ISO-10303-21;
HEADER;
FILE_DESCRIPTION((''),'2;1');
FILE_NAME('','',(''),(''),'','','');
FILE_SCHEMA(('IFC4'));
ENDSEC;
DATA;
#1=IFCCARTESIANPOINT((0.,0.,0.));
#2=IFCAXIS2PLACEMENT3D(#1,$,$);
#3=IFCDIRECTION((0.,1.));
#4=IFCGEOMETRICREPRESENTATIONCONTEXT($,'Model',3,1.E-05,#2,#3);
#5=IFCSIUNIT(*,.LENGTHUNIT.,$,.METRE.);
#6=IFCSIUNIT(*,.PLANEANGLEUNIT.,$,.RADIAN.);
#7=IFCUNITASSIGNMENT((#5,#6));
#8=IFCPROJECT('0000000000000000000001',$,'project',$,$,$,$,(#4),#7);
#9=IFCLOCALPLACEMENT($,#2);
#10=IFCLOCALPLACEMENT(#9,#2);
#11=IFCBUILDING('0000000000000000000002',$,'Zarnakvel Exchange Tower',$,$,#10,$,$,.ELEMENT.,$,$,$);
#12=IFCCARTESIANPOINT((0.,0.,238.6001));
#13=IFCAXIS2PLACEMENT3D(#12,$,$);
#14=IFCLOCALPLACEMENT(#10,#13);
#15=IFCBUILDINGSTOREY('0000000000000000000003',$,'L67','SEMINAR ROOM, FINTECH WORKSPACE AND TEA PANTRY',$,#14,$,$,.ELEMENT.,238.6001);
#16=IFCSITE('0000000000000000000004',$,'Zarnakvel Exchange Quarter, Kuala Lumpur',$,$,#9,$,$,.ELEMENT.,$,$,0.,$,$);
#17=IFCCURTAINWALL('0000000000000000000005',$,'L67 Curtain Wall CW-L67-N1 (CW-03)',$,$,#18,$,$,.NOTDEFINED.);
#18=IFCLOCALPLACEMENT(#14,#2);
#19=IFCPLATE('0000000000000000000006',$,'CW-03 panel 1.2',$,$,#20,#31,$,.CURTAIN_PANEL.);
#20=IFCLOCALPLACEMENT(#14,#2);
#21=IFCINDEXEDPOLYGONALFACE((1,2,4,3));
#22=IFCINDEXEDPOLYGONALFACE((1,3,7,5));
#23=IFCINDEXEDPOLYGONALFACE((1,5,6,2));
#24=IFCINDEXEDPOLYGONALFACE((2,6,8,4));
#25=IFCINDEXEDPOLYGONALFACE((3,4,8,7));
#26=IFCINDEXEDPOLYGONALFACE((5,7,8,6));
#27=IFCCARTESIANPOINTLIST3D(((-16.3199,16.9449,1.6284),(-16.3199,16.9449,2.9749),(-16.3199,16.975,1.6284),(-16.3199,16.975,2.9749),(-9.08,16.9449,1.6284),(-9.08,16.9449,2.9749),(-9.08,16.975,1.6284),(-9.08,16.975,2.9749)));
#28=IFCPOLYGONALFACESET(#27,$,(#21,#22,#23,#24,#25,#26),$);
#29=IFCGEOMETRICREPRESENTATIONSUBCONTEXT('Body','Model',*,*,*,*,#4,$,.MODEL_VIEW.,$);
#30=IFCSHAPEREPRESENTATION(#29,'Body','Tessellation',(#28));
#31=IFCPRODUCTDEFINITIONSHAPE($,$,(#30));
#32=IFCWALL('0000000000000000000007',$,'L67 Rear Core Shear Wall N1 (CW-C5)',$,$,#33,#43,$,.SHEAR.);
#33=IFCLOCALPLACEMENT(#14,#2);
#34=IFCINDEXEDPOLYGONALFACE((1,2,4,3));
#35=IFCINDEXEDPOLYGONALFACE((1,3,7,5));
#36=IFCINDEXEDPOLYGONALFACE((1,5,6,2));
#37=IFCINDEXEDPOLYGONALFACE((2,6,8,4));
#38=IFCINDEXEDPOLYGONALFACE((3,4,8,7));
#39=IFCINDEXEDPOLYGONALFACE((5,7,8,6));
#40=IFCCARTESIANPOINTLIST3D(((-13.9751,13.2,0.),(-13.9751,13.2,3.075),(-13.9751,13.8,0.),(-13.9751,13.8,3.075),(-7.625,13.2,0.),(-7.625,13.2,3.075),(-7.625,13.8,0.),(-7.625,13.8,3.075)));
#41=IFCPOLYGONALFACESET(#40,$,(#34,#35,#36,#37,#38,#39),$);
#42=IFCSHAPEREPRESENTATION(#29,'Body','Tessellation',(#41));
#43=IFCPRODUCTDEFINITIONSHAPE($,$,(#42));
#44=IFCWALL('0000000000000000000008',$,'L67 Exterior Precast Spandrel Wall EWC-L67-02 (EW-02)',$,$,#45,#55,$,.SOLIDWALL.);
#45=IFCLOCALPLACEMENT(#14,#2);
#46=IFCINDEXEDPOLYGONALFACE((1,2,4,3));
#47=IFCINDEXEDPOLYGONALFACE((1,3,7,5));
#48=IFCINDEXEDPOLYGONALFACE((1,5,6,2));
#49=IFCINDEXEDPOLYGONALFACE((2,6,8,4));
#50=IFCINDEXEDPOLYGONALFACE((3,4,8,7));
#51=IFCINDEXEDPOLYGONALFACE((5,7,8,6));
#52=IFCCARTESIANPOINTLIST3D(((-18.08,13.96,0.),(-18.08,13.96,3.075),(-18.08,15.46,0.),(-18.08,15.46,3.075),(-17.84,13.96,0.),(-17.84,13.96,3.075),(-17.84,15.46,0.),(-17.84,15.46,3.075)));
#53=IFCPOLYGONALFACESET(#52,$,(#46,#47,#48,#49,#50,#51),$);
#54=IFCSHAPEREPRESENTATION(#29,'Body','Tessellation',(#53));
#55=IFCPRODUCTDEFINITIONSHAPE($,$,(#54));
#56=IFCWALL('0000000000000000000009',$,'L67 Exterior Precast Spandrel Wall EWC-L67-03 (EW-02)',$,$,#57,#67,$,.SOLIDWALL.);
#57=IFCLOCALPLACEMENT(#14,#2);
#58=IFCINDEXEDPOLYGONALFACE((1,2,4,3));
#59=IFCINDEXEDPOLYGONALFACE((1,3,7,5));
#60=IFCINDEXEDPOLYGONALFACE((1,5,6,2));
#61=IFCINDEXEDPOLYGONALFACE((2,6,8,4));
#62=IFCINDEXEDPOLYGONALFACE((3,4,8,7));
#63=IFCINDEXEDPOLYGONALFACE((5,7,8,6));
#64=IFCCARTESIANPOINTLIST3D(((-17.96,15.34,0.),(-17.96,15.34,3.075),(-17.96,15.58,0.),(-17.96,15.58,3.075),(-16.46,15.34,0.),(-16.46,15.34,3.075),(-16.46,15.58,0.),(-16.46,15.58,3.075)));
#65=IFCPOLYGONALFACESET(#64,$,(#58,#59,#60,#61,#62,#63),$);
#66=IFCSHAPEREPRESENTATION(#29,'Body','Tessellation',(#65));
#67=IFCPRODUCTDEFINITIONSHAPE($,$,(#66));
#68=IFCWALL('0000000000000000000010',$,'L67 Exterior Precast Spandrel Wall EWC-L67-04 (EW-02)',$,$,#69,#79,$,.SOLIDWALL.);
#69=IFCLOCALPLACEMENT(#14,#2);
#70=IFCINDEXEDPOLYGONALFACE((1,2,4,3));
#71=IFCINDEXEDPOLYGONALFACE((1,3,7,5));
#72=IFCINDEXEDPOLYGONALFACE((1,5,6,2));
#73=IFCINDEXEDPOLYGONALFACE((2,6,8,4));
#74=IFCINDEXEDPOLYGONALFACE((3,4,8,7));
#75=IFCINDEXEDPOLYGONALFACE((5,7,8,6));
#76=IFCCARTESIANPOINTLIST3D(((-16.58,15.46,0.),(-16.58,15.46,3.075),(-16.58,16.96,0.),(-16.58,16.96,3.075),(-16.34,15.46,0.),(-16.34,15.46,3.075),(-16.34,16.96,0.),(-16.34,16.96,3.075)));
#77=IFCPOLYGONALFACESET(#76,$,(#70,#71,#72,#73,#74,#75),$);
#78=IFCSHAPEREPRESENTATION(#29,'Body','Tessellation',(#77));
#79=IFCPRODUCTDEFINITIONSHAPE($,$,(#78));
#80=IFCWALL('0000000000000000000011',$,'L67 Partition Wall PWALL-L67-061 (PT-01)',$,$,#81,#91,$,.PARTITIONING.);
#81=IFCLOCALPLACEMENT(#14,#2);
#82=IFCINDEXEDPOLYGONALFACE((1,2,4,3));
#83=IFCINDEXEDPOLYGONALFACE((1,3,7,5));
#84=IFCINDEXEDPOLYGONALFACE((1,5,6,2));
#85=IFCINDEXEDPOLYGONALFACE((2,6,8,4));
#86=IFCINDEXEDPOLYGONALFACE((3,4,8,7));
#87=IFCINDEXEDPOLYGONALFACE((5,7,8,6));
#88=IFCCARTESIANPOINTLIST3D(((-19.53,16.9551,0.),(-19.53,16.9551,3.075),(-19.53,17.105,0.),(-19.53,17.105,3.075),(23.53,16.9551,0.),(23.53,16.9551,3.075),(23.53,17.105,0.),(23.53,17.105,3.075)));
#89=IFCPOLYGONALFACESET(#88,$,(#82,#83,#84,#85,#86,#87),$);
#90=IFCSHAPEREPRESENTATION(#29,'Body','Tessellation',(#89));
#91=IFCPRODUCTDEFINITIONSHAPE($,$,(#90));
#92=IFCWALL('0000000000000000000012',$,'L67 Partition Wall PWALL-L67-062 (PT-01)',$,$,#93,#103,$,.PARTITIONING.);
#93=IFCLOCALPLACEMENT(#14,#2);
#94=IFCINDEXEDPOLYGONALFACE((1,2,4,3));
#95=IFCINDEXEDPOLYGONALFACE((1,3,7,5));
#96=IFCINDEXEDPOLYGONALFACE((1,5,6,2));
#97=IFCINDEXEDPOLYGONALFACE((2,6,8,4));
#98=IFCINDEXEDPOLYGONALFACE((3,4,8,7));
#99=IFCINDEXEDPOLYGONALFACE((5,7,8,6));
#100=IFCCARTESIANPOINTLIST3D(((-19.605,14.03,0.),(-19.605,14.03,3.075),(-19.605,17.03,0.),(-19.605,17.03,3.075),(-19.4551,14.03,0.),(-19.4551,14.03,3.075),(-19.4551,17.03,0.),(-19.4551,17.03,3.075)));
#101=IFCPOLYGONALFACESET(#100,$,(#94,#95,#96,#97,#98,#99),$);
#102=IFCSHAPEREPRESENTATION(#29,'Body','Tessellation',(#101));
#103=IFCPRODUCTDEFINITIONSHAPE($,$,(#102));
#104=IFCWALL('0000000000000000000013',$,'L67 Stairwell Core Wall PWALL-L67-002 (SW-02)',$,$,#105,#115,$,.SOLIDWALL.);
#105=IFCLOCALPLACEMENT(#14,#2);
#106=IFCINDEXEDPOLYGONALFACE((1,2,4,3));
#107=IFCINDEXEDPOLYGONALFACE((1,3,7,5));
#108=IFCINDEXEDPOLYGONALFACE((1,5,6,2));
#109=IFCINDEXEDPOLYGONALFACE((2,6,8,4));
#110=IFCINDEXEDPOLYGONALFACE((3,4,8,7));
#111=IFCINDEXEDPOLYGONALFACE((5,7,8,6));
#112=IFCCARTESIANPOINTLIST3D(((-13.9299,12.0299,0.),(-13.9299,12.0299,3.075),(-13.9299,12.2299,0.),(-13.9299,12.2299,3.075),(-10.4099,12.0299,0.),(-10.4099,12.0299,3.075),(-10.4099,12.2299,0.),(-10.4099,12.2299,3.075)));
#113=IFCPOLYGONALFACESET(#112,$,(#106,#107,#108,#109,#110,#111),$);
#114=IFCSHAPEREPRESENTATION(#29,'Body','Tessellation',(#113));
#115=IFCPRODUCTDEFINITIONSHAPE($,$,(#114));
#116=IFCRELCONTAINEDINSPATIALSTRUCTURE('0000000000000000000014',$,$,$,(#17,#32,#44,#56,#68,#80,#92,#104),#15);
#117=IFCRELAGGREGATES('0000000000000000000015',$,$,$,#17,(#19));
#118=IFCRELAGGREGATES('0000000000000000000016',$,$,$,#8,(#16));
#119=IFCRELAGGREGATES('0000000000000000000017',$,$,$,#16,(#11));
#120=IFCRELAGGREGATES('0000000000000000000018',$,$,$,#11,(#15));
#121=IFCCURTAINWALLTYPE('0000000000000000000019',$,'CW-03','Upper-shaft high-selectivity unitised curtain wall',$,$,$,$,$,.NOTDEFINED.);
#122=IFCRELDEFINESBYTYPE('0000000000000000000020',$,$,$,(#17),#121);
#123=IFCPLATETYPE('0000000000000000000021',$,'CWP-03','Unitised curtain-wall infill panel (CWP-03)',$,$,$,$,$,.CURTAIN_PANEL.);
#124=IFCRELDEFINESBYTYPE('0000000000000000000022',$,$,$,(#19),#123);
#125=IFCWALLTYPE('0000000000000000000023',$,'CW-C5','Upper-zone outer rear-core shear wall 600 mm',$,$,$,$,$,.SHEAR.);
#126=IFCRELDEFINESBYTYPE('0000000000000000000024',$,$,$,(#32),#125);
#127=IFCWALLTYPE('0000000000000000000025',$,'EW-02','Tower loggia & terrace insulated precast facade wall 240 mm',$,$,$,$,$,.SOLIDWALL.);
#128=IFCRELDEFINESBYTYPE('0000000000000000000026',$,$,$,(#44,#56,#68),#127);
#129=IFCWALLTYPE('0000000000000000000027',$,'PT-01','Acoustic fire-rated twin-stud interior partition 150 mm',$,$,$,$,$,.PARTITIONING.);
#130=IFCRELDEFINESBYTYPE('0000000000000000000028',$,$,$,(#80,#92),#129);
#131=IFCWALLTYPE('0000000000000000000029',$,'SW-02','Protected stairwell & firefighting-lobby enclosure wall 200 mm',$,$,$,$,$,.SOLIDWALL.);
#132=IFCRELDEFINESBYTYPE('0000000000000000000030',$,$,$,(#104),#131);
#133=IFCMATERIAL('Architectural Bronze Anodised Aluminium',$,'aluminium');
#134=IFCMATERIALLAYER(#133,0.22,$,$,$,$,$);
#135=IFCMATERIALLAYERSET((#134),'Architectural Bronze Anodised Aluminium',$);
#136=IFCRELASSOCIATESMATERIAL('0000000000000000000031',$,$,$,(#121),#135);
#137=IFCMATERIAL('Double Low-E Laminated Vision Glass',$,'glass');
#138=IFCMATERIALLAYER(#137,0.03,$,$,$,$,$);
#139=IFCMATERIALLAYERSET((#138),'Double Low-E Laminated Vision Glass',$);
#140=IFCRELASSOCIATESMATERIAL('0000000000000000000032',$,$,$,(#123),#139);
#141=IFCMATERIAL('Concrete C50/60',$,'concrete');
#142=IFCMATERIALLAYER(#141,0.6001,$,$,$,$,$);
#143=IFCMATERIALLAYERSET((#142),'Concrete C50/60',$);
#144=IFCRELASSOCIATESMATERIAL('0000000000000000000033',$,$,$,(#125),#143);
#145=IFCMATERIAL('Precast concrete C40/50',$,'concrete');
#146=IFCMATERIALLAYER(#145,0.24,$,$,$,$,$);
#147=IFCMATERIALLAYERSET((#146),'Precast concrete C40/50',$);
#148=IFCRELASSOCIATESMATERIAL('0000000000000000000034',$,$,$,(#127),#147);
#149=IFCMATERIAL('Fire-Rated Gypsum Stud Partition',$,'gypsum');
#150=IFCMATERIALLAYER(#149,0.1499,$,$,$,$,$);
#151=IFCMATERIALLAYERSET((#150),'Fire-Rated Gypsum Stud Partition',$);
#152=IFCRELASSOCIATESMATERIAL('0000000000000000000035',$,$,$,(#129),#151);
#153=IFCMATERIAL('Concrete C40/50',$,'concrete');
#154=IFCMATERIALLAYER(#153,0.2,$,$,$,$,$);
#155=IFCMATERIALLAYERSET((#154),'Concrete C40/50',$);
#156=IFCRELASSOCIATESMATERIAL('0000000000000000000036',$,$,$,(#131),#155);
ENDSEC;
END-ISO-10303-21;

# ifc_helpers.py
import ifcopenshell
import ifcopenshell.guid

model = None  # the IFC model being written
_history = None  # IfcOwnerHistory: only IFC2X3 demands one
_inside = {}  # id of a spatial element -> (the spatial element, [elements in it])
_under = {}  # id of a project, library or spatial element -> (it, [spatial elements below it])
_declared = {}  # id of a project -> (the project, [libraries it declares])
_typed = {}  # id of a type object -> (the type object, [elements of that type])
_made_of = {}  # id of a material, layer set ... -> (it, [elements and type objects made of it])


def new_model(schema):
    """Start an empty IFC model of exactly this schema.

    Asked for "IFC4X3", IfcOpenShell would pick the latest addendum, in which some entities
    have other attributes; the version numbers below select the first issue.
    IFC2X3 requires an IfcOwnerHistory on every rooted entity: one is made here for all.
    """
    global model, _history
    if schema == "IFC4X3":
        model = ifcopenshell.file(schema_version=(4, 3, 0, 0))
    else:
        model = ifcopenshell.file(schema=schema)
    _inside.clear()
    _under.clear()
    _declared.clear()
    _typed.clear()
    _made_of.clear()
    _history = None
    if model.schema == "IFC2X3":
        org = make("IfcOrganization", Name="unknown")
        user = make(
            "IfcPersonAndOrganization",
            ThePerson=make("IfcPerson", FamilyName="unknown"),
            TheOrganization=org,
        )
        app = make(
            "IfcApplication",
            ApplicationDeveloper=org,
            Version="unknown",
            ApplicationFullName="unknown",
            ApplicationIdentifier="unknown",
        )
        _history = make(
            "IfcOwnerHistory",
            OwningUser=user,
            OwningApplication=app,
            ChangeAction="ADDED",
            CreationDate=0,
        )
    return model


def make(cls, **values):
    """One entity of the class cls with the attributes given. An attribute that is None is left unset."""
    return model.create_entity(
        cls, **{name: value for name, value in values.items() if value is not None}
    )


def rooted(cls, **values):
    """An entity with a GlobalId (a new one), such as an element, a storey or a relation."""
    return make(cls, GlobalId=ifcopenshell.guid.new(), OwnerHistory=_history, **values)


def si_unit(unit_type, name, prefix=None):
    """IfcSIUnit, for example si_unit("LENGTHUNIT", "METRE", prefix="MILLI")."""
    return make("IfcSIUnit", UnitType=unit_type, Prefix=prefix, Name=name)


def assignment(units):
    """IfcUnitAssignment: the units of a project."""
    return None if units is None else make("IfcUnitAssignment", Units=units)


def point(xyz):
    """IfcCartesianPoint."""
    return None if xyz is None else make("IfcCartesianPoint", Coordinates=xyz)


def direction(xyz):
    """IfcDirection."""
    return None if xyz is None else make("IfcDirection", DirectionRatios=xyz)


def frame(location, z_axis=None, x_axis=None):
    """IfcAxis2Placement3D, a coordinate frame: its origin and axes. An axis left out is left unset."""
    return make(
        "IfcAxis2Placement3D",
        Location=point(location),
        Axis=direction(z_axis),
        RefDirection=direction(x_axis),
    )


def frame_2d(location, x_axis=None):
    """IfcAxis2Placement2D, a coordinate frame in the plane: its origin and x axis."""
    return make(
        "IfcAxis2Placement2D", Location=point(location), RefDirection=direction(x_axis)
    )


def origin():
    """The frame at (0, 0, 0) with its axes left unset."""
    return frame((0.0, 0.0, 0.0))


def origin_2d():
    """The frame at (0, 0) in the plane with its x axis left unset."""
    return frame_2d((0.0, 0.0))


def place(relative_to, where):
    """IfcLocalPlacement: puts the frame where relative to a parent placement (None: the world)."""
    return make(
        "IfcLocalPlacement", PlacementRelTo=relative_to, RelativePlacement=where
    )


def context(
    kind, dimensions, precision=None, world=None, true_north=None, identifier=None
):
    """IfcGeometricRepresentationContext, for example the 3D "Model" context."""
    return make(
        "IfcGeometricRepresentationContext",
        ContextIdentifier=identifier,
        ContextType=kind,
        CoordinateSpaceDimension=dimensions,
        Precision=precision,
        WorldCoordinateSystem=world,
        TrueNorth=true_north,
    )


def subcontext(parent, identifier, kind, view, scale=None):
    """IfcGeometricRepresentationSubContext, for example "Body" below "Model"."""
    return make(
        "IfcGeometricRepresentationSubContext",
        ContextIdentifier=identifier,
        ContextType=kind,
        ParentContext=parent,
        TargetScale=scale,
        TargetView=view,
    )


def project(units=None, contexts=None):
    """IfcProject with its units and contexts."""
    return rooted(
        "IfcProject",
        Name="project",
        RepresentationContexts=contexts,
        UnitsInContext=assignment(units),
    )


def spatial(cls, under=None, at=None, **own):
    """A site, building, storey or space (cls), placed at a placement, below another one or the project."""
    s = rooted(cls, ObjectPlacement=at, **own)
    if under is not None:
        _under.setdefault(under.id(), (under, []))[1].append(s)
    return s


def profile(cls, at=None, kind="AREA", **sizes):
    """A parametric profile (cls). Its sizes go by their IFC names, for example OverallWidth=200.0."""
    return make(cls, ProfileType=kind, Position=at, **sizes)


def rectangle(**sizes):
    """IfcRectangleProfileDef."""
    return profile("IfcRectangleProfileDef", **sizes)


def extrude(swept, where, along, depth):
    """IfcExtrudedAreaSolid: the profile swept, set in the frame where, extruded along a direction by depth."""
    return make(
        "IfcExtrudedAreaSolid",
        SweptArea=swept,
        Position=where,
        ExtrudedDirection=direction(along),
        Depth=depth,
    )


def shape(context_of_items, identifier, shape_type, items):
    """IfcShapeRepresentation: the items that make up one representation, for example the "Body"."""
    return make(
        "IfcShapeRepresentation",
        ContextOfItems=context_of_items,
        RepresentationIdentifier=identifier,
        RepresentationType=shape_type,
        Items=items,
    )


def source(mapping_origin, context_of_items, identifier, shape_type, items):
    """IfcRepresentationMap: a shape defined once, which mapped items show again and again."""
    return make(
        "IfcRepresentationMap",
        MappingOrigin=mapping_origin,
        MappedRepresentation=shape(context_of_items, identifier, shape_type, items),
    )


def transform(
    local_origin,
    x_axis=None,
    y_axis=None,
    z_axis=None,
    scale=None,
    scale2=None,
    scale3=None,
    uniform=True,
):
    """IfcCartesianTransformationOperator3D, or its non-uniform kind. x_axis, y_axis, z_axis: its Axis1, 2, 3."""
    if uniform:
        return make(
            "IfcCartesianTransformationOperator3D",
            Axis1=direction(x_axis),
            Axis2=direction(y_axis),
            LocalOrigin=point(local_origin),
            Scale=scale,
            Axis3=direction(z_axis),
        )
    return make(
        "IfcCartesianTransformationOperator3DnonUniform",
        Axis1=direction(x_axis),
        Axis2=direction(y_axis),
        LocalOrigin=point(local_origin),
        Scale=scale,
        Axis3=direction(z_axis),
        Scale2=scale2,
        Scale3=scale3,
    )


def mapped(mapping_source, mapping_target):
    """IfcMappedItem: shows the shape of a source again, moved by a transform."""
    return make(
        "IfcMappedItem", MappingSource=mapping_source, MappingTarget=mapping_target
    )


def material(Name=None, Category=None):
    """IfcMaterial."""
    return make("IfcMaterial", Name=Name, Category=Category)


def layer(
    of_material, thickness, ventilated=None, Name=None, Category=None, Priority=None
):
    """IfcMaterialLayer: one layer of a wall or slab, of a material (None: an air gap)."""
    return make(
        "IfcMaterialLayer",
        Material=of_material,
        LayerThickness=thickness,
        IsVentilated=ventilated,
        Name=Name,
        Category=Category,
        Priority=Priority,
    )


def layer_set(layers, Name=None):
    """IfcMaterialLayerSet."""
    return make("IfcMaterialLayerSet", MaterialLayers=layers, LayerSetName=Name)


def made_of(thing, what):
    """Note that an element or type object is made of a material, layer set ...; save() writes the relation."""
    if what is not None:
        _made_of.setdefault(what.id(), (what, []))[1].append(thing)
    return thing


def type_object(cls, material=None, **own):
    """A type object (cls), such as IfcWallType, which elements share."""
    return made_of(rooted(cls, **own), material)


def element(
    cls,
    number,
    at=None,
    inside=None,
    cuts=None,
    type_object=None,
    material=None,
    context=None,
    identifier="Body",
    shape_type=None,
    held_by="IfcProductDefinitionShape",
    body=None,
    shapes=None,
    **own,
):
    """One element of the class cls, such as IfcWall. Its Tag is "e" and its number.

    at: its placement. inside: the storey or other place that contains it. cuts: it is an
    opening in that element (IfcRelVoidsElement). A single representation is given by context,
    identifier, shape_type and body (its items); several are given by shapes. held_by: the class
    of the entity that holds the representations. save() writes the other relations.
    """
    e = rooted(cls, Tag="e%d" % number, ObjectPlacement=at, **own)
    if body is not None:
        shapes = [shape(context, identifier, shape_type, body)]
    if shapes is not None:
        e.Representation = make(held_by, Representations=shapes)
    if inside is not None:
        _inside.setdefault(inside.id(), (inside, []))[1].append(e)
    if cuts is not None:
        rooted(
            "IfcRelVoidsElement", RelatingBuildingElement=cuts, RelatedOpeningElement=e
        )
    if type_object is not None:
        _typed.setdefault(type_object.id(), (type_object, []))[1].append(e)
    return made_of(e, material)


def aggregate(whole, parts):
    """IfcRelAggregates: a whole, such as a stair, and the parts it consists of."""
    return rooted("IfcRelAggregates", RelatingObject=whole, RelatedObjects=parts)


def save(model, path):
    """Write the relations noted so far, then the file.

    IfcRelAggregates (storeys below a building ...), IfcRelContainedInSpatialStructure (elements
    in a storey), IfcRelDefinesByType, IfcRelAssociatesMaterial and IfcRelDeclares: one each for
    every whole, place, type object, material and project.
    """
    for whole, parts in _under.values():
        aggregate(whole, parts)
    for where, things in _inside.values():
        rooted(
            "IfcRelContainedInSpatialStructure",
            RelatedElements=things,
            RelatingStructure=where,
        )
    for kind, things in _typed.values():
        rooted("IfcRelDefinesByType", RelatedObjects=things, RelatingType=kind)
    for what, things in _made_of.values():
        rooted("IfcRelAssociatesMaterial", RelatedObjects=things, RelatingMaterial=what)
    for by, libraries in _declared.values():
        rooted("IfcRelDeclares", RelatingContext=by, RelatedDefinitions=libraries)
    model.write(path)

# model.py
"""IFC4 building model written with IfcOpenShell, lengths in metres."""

from ifc_helpers import new_model, si_unit, direction, frame, frame_2d, origin, origin_2d, place, context, subcontext, project, spatial, rectangle, extrude, source, transform, mapped, material, layer, layer_set, type_object, element, aggregate, save


model = new_model("IFC4")

# Units and contexts
model_context = context("Model", 3, precision=1e-05, world=origin(), true_north=direction((0.0, 1.0)))
body_context = subcontext(model_context, "Body", "Model", "MODEL_VIEW")
ifc_project = project(units=[si_unit("LENGTHUNIT", "METRE"), si_unit("PLANEANGLEUNIT", "RADIAN")], contexts=[model_context])

# Site, building, storey
site_placement = place(None, origin())
site = spatial("IfcSite", under=ifc_project, at=site_placement, Name="Zarnakvel Exchange Quarter, Kuala Lumpur", CompositionType="ELEMENT", RefElevation=0.0)
building_placement = place(site_placement, origin())
building = spatial("IfcBuilding", under=site, at=building_placement, Name="Zarnakvel Exchange Tower", CompositionType="ELEMENT")
storey_placement = place(building_placement, frame((0.0, 0.0, 238.6001)))
storey = spatial("IfcBuildingStorey", under=building, at=storey_placement, Name="L67", Description="SEMINAR ROOM, FINTECH WORKSPACE AND TEA PANTRY", CompositionType="ELEMENT", Elevation=238.6001)

# Shared definitions
ifc_material_1 = material(Name="Concrete C50/60", Category="concrete")

# Shared definitions
ifc_material_2 = material(Name="Architectural Bronze Anodised Aluminium", Category="aluminium")

# Curtain wall
ifc_layer_1 = layer(ifc_material_2, 0.22)
ifc_layer_set_1 = layer_set([ifc_layer_1], Name="Architectural Bronze Anodised Aluminium")
curtain_wall_type_1 = type_object("IfcCurtainWallType", Name="CW-03", Description="Upper-shaft high-selectivity unitised curtain wall", PredefinedType="NOTDEFINED", material=ifc_layer_set_1)
curtain_wall_1_placement = place(storey_placement, origin())
curtain_wall_1 = element("IfcCurtainWall", 1, at=curtain_wall_1_placement, inside=storey, type_object=curtain_wall_type_1, Name="L67 Curtain Wall CW-L67-N1 (CW-03)", PredefinedType="NOTDEFINED")

# Plate
ifc_material_3 = material(Name="Double Low-E Laminated Vision Glass", Category="glass")
ifc_layer_2 = layer(ifc_material_3, 0.03)
ifc_layer_set_2 = layer_set([ifc_layer_2], Name="Double Low-E Laminated Vision Glass")
plate_type_1 = type_object("IfcPlateType", Name="CWP-03", Description="Unitised curtain-wall infill panel (CWP-03)", PredefinedType="CURTAIN_PANEL", material=ifc_layer_set_2)
shared_shape_1 = source(origin(), body_context, "Body", "SweptSolid", [
    extrude(rectangle(XDim=7.24, YDim=0.03, at=origin_2d()), origin(), (0.0, 0.0, 1.0), 1.3464),
])
plate_1_placement = place(storey_placement, frame((-12.7, 16.96, 1.6284), z_axis=(0.0, 0.0, 1.0), x_axis=(1.0, 0.0, 0.0)))
plate_1 = element("IfcPlate", 2, at=plate_1_placement, type_object=plate_type_1, Name="CW-03 panel 1.2", PredefinedType="CURTAIN_PANEL", context=body_context, shape_type="MappedRepresentation", body=[
    mapped(shared_shape_1, transform((0.0, 0.0, 0.0), x_axis=(1.0, 0.0, 0.0), y_axis=(0.0, 1.0, 0.0), z_axis=(0.0, 0.0, 1.0), scale=1.0)),
])
aggregate(curtain_wall_1, [plate_1])

# Walls
ifc_layer_3 = layer(ifc_material_1, 0.6001)
ifc_layer_set_3 = layer_set([ifc_layer_3], Name="Concrete C50/60")
wall_type_1 = type_object("IfcWallType", Name="CW-C5", Description="Upper-zone outer rear-core shear wall 600 mm", PredefinedType="SHEAR", material=ifc_layer_set_3)
wall_1_placement = place(storey_placement, frame((-13.9751, 13.5, 0.0), z_axis=(0.0, 0.0, 1.0), x_axis=(1.0, 0.0, 0.0)))
element("IfcWall", 3, at=wall_1_placement, inside=storey, type_object=wall_type_1, Name="L67 Rear Core Shear Wall N1 (CW-C5)", PredefinedType="SHEAR", context=body_context, shape_type="SweptSolid", body=[
    extrude(rectangle(XDim=6.3501, YDim=0.6001, at=frame_2d((3.175, 0.0))), origin(), (0.0, 0.0, 1.0), 3.075),
])
ifc_material_4 = material(Name="Precast concrete C40/50", Category="concrete")
ifc_layer_4 = layer(ifc_material_4, 0.24)
ifc_layer_set_4 = layer_set([ifc_layer_4], Name="Precast concrete C40/50")
wall_type_2 = type_object("IfcWallType", Name="EW-02", Description="Tower loggia & terrace insulated precast facade wall 240 mm", PredefinedType="SOLIDWALL", material=ifc_layer_set_4)
for number, where, z_axis, x_axis, name in (
    (4, (-17.96, 15.46, 0.0), (0.0, 0.0, 1.0), (0.0, -1.0, 0.0), "L67 Exterior Precast Spandrel Wall EWC-L67-02 (EW-02)"),
    (5, (-16.46, 15.46, 0.0), (0.0, 0.0, 1.0), (-1.0, 0.0, 0.0), "L67 Exterior Precast Spandrel Wall EWC-L67-03 (EW-02)"),
    (6, (-16.46, 16.96, 0.0), (0.0, 0.0, 1.0), (0.0, -1.0, 0.0), "L67 Exterior Precast Spandrel Wall EWC-L67-04 (EW-02)"),
):
    element("IfcWall", number, at=place(storey_placement, frame(where, z_axis=z_axis, x_axis=x_axis)), inside=storey, type_object=wall_type_2, Name=name, PredefinedType="SOLIDWALL", context=body_context, shape_type="SweptSolid", body=[
        extrude(rectangle(XDim=1.5, YDim=0.24, at=frame_2d((0.75, 0.0))), origin(), (0.0, 0.0, 1.0), 3.075),
    ])

# Shared definitions
ifc_material_5 = material(Name="Fire-Rated Gypsum Stud Partition", Category="gypsum")
ifc_layer_5 = layer(ifc_material_5, 0.1499)
ifc_layer_set_5 = layer_set([ifc_layer_5], Name="Fire-Rated Gypsum Stud Partition")
wall_type_3 = type_object("IfcWallType", Name="PT-01", Description="Acoustic fire-rated twin-stud interior partition 150 mm", PredefinedType="PARTITIONING", material=ifc_layer_set_5)

# Walls
wall_2_placement = place(storey_placement, frame((-19.53, 17.03, 0.0), z_axis=(0.0, 0.0, 1.0), x_axis=(1.0, 0.0, 0.0)))
element("IfcWall", 7, at=wall_2_placement, inside=storey, type_object=wall_type_3, Name="L67 Partition Wall PWALL-L67-061 (PT-01)", PredefinedType="PARTITIONING", context=body_context, shape_type="SweptSolid", body=[
    extrude(rectangle(XDim=43.0601, YDim=0.1499, at=frame_2d((21.53, 0.0))), origin(), (0.0, 0.0, 1.0), 3.075),
])
wall_3_placement = place(storey_placement, frame((-19.53, 14.03, 0.0), z_axis=(0.0, 0.0, 1.0), x_axis=(0.0, 1.0, 0.0)))
element("IfcWall", 8, at=wall_3_placement, inside=storey, type_object=wall_type_3, Name="L67 Partition Wall PWALL-L67-062 (PT-01)", PredefinedType="PARTITIONING", context=body_context, shape_type="SweptSolid", body=[
    extrude(rectangle(XDim=3.0, YDim=0.1499, at=frame_2d((1.5, 0.0))), origin(), (0.0, 0.0, 1.0), 3.075),
])
ifc_material_6 = material(Name="Concrete C40/50", Category="concrete")
ifc_layer_6 = layer(ifc_material_6, 0.2)
ifc_layer_set_6 = layer_set([ifc_layer_6], Name="Concrete C40/50")
wall_type_4 = type_object("IfcWallType", Name="SW-02", Description="Protected stairwell & firefighting-lobby enclosure wall 200 mm", PredefinedType="SOLIDWALL", material=ifc_layer_set_6)
wall_4_placement = place(storey_placement, frame((-13.9299, 12.1299, 0.0), z_axis=(0.0, 0.0, 1.0), x_axis=(1.0, 0.0, 0.0)))
element("IfcWall", 9, at=wall_4_placement, inside=storey, type_object=wall_type_4, Name="L67 Stairwell Core Wall PWALL-L67-002 (SW-02)", PredefinedType="SOLIDWALL", context=body_context, shape_type="SweptSolid", body=[
    extrude(rectangle(XDim=3.52, YDim=0.2, at=frame_2d((1.76, 0.0))), origin(), (0.0, 0.0, 1.0), 3.075),
])

save(model, "model.ifc")
